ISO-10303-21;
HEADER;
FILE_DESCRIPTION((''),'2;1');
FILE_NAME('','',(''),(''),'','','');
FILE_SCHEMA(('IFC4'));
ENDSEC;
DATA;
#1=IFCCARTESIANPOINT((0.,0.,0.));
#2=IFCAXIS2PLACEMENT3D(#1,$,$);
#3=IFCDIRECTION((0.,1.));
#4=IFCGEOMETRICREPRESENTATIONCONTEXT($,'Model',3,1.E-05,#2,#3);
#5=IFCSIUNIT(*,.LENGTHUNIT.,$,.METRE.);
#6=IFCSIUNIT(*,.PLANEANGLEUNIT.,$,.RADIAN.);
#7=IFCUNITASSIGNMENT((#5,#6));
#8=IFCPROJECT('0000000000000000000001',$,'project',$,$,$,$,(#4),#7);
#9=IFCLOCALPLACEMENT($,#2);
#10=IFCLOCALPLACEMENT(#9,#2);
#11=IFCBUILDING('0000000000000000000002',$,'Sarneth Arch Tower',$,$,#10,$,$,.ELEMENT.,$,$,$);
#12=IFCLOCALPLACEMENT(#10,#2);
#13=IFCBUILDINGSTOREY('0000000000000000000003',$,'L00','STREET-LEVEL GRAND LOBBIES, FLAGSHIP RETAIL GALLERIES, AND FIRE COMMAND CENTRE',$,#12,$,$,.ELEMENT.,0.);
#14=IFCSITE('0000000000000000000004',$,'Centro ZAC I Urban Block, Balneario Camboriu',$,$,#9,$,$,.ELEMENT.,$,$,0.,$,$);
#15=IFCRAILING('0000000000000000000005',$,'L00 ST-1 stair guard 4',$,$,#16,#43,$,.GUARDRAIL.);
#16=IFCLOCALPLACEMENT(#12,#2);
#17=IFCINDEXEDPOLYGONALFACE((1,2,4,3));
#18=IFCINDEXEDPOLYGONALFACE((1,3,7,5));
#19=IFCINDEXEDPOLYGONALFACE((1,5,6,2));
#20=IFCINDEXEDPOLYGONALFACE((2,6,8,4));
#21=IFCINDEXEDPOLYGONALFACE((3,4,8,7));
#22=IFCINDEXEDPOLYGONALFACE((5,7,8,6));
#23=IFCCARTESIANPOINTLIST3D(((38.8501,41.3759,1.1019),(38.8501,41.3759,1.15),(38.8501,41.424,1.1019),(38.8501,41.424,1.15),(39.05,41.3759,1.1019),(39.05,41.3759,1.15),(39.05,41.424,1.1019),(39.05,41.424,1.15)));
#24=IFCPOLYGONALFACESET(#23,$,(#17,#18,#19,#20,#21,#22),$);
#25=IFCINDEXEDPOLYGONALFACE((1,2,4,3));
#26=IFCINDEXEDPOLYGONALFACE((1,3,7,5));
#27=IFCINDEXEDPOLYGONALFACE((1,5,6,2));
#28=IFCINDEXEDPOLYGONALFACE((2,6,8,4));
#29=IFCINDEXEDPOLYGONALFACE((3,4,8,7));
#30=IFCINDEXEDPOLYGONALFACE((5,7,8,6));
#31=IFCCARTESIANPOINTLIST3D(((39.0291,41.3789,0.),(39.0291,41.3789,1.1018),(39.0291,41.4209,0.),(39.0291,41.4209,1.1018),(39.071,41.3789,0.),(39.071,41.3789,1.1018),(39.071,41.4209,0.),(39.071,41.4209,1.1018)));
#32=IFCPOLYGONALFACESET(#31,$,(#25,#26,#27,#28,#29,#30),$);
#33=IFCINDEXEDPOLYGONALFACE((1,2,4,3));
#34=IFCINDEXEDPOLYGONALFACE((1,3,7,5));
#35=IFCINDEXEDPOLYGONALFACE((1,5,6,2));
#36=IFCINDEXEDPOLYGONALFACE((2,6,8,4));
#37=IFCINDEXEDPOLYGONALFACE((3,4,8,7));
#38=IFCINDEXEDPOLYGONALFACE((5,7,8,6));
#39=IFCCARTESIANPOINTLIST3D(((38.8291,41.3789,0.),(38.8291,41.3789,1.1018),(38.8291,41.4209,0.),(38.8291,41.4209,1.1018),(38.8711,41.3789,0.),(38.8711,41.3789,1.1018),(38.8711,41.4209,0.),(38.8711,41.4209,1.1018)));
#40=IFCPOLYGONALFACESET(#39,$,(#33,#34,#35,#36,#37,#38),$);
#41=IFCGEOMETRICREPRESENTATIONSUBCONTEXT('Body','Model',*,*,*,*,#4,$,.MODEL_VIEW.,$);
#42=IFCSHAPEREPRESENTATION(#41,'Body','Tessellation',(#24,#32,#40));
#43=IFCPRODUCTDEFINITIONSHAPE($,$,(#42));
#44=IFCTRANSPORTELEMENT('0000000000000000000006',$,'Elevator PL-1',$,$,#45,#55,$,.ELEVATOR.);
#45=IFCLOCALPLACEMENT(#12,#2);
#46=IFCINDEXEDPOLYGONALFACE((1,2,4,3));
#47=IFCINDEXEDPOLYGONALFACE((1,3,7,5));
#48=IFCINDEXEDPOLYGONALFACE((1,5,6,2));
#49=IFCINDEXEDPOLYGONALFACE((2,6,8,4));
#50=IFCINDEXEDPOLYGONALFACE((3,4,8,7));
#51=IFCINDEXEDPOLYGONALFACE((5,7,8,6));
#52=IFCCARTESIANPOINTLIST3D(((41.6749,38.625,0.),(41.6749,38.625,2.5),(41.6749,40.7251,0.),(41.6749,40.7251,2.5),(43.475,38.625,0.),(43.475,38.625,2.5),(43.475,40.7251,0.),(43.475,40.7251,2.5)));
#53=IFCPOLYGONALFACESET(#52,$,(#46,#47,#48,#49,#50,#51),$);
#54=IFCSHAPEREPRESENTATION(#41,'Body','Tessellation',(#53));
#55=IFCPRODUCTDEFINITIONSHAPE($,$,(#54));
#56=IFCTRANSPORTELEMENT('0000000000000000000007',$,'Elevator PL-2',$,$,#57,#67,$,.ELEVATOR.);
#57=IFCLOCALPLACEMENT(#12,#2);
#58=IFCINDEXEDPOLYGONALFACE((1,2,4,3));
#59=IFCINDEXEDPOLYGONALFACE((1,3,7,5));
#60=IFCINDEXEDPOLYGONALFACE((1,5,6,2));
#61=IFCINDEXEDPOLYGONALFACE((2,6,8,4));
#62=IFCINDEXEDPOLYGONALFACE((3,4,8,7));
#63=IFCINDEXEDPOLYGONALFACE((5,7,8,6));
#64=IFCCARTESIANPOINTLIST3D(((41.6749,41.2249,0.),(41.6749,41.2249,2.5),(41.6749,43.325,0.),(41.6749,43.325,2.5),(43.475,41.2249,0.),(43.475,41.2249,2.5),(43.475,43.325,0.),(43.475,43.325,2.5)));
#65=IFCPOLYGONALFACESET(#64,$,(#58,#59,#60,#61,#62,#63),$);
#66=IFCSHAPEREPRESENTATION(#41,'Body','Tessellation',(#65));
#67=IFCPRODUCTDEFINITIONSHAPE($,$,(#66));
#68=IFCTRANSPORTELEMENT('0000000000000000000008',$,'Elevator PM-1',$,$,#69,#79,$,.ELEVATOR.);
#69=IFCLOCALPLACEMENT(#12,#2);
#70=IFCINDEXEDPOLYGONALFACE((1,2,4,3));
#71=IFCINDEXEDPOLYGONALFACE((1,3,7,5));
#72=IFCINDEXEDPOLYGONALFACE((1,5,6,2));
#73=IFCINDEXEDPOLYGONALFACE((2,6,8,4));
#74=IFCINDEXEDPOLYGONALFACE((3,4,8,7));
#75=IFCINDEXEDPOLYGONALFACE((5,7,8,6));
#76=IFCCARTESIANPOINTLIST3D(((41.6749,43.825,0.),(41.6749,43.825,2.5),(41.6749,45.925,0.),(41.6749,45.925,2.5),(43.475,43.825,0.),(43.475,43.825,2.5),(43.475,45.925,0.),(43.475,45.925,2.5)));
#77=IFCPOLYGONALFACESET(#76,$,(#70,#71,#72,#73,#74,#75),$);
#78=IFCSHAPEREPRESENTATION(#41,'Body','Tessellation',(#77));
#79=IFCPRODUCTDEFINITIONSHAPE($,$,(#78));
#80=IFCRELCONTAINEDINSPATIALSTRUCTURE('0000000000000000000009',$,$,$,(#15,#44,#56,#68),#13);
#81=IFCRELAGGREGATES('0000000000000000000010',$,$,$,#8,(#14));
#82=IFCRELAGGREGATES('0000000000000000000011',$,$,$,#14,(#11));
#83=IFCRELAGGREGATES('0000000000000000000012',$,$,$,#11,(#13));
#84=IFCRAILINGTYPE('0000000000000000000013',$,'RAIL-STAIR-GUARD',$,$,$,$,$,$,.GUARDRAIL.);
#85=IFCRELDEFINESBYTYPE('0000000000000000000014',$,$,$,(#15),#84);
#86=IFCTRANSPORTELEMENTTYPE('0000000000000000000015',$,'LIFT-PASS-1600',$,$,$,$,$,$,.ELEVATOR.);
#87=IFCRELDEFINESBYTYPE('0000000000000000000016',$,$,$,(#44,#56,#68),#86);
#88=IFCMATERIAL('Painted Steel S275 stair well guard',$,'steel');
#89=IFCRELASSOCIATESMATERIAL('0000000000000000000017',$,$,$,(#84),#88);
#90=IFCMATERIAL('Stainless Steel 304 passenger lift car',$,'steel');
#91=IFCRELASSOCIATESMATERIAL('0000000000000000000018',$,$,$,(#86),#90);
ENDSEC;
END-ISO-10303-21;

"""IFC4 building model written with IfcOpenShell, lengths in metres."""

from ifc_helpers import new_model, si_unit, direction, frame, origin, origin_2d, place, context, subcontext, project, spatial, rectangle, extrude, material, type_object, element, save


model = new_model("IFC4")

# Units and contexts
model_context = context("Model", 3, precision=1e-05, world=origin(), true_north=direction((0.0, 1.0)))
body_context = subcontext(model_context, "Body", "Model", "MODEL_VIEW")
ifc_project = project(units=[si_unit("LENGTHUNIT", "METRE"), si_unit("PLANEANGLEUNIT", "RADIAN")], contexts=[model_context])

# Site, building, storey
site_placement = place(None, origin())
site = spatial("IfcSite", under=ifc_project, at=site_placement, Name="Centro ZAC I Urban Block, Balneario Camboriu", CompositionType="ELEMENT", RefElevation=0.0)
building_placement = place(site_placement, origin())
building = spatial("IfcBuilding", under=site, at=building_placement, Name="Sarneth Arch Tower", CompositionType="ELEMENT")
storey_placement = place(building_placement, origin())
storey = spatial("IfcBuildingStorey", under=building, at=storey_placement, Name="L00", Description="STREET-LEVEL GRAND LOBBIES, FLAGSHIP RETAIL GALLERIES, AND FIRE COMMAND CENTRE", CompositionType="ELEMENT", Elevation=0.0)

# Railing
ifc_material_1 = material(Name="Painted Steel S275 stair well guard", Category="steel")
railing_type_1 = type_object("IfcRailingType", Name="RAIL-STAIR-GUARD", PredefinedType="GUARDRAIL", material=ifc_material_1)
railing_1_placement = place(storey_placement, frame((39.05, 41.3999, 0.0)))
element("IfcRailing", 1, at=railing_1_placement, inside=storey, type_object=railing_type_1, Name="L00 ST-1 stair guard 4", PredefinedType="GUARDRAIL", context=body_context, shape_type="SweptSolid", body=[
    extrude(rectangle(XDim=0.0481, YDim=0.0481, at=origin_2d()), frame((0.0, 0.0, 1.126), z_axis=(-1.0, 0.0, 0.0), x_axis=(0.0, -1.0, 0.0)), (0.0, 0.0, 1.0), 0.2),
    extrude(rectangle(XDim=0.042, YDim=0.042, at=origin_2d()), origin(), (0.0, 0.0, 1.0), 1.1018),
    extrude(rectangle(XDim=0.042, YDim=0.042, at=origin_2d()), frame((-0.2, 0.0, 0.0)), (0.0, 0.0, 1.0), 1.1018),
])

# Transport elements
ifc_material_2 = material(Name="Stainless Steel 304 passenger lift car", Category="steel")
transport_element_type = type_object("IfcTransportElementType", Name="LIFT-PASS-1600", PredefinedType="ELEVATOR", material=ifc_material_2)
for number, where, z_axis, x_axis, name in (
    (2, (42.575, 39.675, 0.0), (0.0, 0.0, 1.0), (1.0, 0.0, 0.0), "Elevator PL-1"),
    (3, (42.575, 42.2749, 0.0), (0.0, 0.0, 1.0), (1.0, 0.0, 0.0), "Elevator PL-2"),
    (4, (42.575, 44.875, 0.0), (0.0, 0.0, 1.0), (1.0, 0.0, 0.0), "Elevator PM-1"),
):
    element("IfcTransportElement", number, at=place(storey_placement, frame(where, z_axis=z_axis, x_axis=x_axis)), inside=storey, type_object=transport_element_type, Name=name, PredefinedType="ELEVATOR", context=body_context, shape_type="SweptSolid", body=[
        extrude(rectangle(XDim=1.8, YDim=2.1001, at=origin_2d()), origin(), (0.0, 0.0, 1.0), 2.5),
    ])

save(model, "model.ifc")
